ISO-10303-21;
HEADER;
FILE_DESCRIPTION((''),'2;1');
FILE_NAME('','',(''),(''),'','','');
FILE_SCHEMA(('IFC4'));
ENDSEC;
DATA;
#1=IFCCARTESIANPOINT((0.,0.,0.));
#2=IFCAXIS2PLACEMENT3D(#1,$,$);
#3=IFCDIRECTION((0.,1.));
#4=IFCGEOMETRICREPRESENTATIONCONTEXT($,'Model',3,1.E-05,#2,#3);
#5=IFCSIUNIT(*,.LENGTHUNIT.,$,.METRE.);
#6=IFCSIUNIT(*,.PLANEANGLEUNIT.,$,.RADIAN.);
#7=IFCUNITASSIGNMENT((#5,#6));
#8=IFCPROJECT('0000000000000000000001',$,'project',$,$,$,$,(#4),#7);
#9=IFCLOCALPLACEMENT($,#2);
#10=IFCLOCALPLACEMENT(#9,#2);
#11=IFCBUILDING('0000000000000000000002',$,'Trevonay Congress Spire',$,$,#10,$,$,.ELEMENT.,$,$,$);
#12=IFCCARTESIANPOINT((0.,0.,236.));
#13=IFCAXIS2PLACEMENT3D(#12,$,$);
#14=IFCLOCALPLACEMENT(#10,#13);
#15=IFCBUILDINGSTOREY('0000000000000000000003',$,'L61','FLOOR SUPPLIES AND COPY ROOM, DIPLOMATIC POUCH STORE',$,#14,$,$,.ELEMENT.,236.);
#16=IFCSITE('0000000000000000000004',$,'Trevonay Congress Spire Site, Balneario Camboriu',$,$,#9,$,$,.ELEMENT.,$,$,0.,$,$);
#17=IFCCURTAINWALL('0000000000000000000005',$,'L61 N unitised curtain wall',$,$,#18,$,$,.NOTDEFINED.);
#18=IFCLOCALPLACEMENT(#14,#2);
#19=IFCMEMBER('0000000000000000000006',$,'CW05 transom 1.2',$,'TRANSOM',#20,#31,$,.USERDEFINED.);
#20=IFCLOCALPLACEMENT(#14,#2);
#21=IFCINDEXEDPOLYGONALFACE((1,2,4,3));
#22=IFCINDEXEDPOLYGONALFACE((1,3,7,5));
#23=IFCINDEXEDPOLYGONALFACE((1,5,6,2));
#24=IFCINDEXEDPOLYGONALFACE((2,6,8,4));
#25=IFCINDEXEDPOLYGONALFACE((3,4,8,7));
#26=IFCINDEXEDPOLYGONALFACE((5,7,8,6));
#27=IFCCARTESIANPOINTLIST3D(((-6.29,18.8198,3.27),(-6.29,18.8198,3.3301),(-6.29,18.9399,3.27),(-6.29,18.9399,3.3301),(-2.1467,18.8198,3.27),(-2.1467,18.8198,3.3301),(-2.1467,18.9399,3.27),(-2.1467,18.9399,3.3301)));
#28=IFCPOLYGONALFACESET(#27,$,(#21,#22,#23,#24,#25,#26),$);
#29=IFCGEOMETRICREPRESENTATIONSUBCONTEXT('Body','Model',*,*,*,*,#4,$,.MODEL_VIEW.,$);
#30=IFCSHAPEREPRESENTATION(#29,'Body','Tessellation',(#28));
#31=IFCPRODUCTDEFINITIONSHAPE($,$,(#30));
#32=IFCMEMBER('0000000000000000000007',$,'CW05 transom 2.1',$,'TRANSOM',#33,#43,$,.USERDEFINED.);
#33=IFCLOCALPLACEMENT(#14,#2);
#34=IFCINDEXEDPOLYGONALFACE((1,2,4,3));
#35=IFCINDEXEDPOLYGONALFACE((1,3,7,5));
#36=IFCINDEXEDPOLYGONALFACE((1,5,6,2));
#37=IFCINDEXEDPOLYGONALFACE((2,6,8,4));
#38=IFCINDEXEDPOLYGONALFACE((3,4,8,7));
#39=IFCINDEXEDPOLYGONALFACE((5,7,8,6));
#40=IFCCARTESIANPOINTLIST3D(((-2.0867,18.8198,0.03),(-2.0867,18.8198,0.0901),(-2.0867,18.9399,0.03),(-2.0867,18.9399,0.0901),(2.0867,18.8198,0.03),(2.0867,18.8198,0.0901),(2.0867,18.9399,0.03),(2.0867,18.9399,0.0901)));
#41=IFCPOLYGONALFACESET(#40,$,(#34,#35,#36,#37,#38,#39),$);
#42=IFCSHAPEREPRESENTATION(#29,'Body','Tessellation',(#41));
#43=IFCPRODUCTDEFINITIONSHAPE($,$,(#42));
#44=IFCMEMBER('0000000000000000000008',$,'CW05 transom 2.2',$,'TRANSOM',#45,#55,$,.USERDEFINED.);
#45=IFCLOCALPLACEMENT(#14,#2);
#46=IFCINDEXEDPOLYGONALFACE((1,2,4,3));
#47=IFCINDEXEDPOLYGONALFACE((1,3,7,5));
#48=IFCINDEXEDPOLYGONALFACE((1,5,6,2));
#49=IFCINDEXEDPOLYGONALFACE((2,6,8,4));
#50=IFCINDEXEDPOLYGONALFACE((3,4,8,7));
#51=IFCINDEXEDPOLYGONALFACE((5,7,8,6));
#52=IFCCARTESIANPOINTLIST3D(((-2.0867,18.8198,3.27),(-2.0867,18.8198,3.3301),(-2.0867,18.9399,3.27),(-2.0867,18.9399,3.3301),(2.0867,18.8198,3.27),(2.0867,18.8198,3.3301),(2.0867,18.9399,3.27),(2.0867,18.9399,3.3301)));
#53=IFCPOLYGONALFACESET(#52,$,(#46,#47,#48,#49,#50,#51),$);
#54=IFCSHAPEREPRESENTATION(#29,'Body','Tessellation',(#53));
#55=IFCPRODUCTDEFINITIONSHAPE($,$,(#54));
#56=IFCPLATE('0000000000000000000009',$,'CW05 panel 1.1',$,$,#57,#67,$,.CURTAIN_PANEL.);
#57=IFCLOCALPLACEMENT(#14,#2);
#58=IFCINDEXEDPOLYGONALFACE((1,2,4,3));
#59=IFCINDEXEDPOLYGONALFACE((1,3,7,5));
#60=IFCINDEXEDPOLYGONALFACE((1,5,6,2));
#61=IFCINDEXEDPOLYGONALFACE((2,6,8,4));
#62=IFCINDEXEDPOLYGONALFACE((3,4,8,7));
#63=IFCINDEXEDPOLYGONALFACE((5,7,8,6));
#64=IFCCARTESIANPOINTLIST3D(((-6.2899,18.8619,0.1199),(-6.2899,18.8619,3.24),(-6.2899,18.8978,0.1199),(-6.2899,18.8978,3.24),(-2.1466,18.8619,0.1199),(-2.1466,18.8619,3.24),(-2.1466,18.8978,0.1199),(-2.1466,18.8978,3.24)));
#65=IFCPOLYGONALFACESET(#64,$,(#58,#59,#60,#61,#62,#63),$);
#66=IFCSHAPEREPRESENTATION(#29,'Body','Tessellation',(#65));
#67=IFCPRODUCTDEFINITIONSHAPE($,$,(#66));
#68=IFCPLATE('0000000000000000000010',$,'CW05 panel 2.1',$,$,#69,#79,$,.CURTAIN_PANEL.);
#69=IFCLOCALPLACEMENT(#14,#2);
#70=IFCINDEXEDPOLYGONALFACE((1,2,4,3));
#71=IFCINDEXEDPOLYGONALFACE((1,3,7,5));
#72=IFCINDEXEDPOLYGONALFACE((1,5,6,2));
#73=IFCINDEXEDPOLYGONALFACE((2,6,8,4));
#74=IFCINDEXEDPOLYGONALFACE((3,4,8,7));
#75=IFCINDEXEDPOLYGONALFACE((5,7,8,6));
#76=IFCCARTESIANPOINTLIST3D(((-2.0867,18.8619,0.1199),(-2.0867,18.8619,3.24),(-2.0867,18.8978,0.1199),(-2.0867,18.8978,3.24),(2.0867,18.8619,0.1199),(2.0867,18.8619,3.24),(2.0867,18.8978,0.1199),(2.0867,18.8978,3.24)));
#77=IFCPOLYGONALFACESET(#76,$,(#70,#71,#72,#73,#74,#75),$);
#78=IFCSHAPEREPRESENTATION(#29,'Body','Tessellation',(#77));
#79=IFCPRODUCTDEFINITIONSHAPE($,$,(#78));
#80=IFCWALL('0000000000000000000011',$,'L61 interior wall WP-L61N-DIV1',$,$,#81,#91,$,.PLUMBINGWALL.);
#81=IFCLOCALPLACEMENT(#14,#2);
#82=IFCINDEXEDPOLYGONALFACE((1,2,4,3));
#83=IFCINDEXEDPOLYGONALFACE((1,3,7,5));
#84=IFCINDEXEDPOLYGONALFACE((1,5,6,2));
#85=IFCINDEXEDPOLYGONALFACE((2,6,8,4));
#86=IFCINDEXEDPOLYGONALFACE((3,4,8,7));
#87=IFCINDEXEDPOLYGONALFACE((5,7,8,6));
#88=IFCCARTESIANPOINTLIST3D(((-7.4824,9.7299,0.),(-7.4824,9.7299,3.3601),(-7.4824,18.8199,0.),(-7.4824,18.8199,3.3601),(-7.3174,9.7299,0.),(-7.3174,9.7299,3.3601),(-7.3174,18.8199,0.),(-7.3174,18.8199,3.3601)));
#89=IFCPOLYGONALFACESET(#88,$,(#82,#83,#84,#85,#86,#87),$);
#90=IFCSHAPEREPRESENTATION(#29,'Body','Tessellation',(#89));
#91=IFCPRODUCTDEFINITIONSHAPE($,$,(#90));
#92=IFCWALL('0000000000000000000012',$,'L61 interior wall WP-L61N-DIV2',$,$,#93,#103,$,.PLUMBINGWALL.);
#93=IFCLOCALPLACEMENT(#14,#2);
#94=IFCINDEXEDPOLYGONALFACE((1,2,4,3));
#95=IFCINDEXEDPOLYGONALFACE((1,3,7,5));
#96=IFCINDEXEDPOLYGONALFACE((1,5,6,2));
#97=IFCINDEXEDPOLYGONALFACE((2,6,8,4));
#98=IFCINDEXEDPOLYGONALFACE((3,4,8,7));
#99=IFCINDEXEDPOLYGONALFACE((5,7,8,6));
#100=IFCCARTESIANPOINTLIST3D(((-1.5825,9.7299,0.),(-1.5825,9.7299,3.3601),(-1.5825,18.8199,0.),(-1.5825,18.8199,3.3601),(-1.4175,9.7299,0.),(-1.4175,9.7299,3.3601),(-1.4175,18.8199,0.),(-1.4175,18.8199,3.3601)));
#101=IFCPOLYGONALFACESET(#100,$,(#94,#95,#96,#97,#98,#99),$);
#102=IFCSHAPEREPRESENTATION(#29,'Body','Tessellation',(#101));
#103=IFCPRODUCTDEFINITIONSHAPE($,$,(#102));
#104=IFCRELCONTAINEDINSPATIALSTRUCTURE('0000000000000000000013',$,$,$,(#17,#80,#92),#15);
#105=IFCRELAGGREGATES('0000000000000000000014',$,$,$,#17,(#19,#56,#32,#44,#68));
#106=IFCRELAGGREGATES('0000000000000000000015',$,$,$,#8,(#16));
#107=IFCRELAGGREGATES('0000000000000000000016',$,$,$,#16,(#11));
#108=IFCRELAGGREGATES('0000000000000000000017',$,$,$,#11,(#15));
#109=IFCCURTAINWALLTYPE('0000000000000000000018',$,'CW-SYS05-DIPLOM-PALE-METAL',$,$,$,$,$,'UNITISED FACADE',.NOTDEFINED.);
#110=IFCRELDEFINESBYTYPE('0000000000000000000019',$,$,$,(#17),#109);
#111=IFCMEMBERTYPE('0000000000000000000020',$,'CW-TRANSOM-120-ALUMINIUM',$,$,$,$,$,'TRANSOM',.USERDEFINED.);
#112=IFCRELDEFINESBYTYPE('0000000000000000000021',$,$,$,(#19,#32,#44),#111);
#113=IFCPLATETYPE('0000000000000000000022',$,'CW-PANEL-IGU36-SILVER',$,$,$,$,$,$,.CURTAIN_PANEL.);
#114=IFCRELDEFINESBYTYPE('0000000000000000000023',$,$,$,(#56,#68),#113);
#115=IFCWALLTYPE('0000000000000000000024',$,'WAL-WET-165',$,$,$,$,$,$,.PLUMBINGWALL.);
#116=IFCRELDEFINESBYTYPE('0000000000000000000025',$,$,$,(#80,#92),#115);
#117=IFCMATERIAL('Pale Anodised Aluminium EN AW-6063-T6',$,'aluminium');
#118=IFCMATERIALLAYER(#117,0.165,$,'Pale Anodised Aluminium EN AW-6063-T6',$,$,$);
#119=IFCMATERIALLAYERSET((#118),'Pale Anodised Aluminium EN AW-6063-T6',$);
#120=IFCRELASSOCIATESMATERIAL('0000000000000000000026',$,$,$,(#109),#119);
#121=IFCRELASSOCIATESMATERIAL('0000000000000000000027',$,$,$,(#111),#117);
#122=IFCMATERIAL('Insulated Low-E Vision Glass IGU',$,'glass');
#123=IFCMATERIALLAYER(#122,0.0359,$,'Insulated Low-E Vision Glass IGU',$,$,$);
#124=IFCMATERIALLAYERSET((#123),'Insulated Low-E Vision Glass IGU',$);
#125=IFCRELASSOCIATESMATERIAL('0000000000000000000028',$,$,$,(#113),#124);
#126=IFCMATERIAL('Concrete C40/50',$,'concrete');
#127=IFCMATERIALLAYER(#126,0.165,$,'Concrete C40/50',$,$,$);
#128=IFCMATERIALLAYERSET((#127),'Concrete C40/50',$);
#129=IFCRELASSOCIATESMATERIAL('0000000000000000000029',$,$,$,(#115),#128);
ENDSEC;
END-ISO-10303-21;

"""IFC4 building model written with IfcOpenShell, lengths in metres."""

from ifc_helpers import new_model, si_unit, direction, frame, frame_2d, origin, origin_2d, place, context, subcontext, project, spatial, rectangle, extrude, material, layer, layer_set, material_profile, profile_set, type_object, element, aggregate, save


model = new_model("IFC4")

# Units and contexts
model_context = context("Model", 3, precision=1e-05, world=origin(), true_north=direction((0.0, 1.0)))
body_context = subcontext(model_context, "Body", "Model", "MODEL_VIEW")
ifc_project = project(units=[si_unit("LENGTHUNIT", "METRE"), si_unit("PLANEANGLEUNIT", "RADIAN")], contexts=[model_context])

# Site, building, storey
site_placement = place(None, origin())
site = spatial("IfcSite", under=ifc_project, at=site_placement, Name="Trevonay Congress Spire Site, Balneario Camboriu", CompositionType="ELEMENT", RefElevation=0.0)
building_placement = place(site_placement, origin())
building = spatial("IfcBuilding", under=site, at=building_placement, Name="Trevonay Congress Spire", CompositionType="ELEMENT")
storey_placement = place(building_placement, frame((0.0, 0.0, 236.0)))
storey = spatial("IfcBuildingStorey", under=building, at=storey_placement, Name="L61", Description="FLOOR SUPPLIES AND COPY ROOM, DIPLOMATIC POUCH STORE", CompositionType="ELEMENT", Elevation=236.0)

# Curtain wall, members, plates
ifc_material_1 = material(Name="Pale Anodised Aluminium EN AW-6063-T6", Category="aluminium")
ifc_layer_1 = layer(ifc_material_1, 0.165, Name="Pale Anodised Aluminium EN AW-6063-T6")
ifc_layer_set_1 = layer_set([ifc_layer_1], Name="Pale Anodised Aluminium EN AW-6063-T6")
curtain_wall_type = type_object("IfcCurtainWallType", Name="CW-SYS05-DIPLOM-PALE-METAL", ElementType="UNITISED FACADE", PredefinedType="NOTDEFINED", material=ifc_layer_set_1)
curtain_wall_placement = place(storey_placement, origin())
curtain_wall = element("IfcCurtainWall", 1, at=curtain_wall_placement, inside=storey, type_object=curtain_wall_type, Name="L61 N unitised curtain wall", PredefinedType="NOTDEFINED")
ifc_material_profile_1 = material_profile(ifc_material_1, rectangle(XDim=0.1201, YDim=0.0601, at=origin_2d()), Name="CW-TRANSOM-120-ALUMINIUM")
ifc_profile_set_1 = profile_set([ifc_material_profile_1], Name="Pale Anodised Aluminium EN AW-6063-T6")
member_type_1 = type_object("IfcMemberType", Name="CW-TRANSOM-120-ALUMINIUM", ElementType="TRANSOM", PredefinedType="USERDEFINED", material=ifc_profile_set_1)
member_1_placement = place(storey_placement, frame((-6.29, 18.8799, 3.3), z_axis=(1.0, 0.0, 0.0), x_axis=(0.0, 1.0, 0.0)))
member_1 = element("IfcMember", 2, at=member_1_placement, type_object=member_type_1, Name="CW05 transom 1.2", ObjectType="TRANSOM", PredefinedType="USERDEFINED", context=body_context, shape_type="SweptSolid", body=[
    extrude(rectangle(XDim=0.1201, YDim=0.0601, at=origin_2d()), origin(), (0.0, 0.0, 1.0), 4.1433),
])
member_2_placement = place(storey_placement, frame((-2.0867, 18.8799, 0.0601), z_axis=(1.0, 0.0, 0.0), x_axis=(0.0, 1.0, 0.0)))
member_2 = element("IfcMember", 3, at=member_2_placement, type_object=member_type_1, Name="CW05 transom 2.1", ObjectType="TRANSOM", PredefinedType="USERDEFINED", context=body_context, shape_type="SweptSolid", body=[
    extrude(rectangle(XDim=0.1201, YDim=0.0601, at=origin_2d()), origin(), (0.0, 0.0, 1.0), 4.1733),
])
member_3_placement = place(storey_placement, frame((-2.0867, 18.8799, 3.3), z_axis=(1.0, 0.0, 0.0), x_axis=(0.0, 1.0, 0.0)))
member_3 = element("IfcMember", 4, at=member_3_placement, type_object=member_type_1, Name="CW05 transom 2.2", ObjectType="TRANSOM", PredefinedType="USERDEFINED", context=body_context, shape_type="SweptSolid", body=[
    extrude(rectangle(XDim=0.1201, YDim=0.0601, at=origin_2d()), origin(), (0.0, 0.0, 1.0), 4.1733),
])
ifc_material_2 = material(Name="Insulated Low-E Vision Glass IGU", Category="glass")
ifc_layer_2 = layer(ifc_material_2, 0.0359, Name="Insulated Low-E Vision Glass IGU")
ifc_layer_set_2 = layer_set([ifc_layer_2], Name="Insulated Low-E Vision Glass IGU")
plate_type = type_object("IfcPlateType", Name="CW-PANEL-IGU36-SILVER", PredefinedType="CURTAIN_PANEL", material=ifc_layer_set_2)
plate_1_placement = place(storey_placement, frame((-4.2183, 18.8799, 0.1199), z_axis=(0.0, 0.0, 1.0), x_axis=(1.0, 0.0, 0.0)))
plate_1 = element("IfcPlate", 5, at=plate_1_placement, type_object=plate_type, Name="CW05 panel 1.1", PredefinedType="CURTAIN_PANEL", context=body_context, shape_type="SweptSolid", body=[
    extrude(rectangle(XDim=4.1433, YDim=0.0359, at=origin_2d()), origin(), (0.0, 0.0, 1.0), 3.1201),
])
plate_2_placement = place(storey_placement, frame((0.0, 18.8799, 0.1199), z_axis=(0.0, 0.0, 1.0), x_axis=(1.0, 0.0, 0.0)))
plate_2 = element("IfcPlate", 6, at=plate_2_placement, type_object=plate_type, Name="CW05 panel 2.1", PredefinedType="CURTAIN_PANEL", context=body_context, shape_type="SweptSolid", body=[
    extrude(rectangle(XDim=4.1733, YDim=0.0359, at=origin_2d()), origin(), (0.0, 0.0, 1.0), 3.1201),
])
aggregate(curtain_wall, [member_1, plate_1, member_2, member_3, plate_2])

# Walls
ifc_material_3 = material(Name="Concrete C40/50", Category="concrete")
ifc_layer_3 = layer(ifc_material_3, 0.165, Name="Concrete C40/50")
ifc_layer_set_3 = layer_set([ifc_layer_3], Name="Concrete C40/50")
wall_type = type_object("IfcWallType", Name="WAL-WET-165", PredefinedType="PLUMBINGWALL", material=ifc_layer_set_3)
for number, where, z_axis, x_axis, name in (
    (7, (-7.3999, 9.73, 0.0), (0.0, 0.0, 1.0), (0.0, 1.0, 0.0), "L61 interior wall WP-L61N-DIV1"),
    (8, (-1.5, 9.73, 0.0), (0.0, 0.0, 1.0), (0.0, 1.0, 0.0), "L61 interior wall WP-L61N-DIV2"),
):
    element("IfcWall", number, at=place(storey_placement, frame(where, z_axis=z_axis, x_axis=x_axis)), inside=storey, type_object=wall_type, Name=name, PredefinedType="PLUMBINGWALL", context=body_context, shape_type="SweptSolid", body=[
        extrude(rectangle(XDim=9.0901, YDim=0.165, at=frame_2d((4.5449, 0.0))), origin(), (0.0, 0.0, 1.0), 3.3601),
    ])

save(model, "model.ifc")
